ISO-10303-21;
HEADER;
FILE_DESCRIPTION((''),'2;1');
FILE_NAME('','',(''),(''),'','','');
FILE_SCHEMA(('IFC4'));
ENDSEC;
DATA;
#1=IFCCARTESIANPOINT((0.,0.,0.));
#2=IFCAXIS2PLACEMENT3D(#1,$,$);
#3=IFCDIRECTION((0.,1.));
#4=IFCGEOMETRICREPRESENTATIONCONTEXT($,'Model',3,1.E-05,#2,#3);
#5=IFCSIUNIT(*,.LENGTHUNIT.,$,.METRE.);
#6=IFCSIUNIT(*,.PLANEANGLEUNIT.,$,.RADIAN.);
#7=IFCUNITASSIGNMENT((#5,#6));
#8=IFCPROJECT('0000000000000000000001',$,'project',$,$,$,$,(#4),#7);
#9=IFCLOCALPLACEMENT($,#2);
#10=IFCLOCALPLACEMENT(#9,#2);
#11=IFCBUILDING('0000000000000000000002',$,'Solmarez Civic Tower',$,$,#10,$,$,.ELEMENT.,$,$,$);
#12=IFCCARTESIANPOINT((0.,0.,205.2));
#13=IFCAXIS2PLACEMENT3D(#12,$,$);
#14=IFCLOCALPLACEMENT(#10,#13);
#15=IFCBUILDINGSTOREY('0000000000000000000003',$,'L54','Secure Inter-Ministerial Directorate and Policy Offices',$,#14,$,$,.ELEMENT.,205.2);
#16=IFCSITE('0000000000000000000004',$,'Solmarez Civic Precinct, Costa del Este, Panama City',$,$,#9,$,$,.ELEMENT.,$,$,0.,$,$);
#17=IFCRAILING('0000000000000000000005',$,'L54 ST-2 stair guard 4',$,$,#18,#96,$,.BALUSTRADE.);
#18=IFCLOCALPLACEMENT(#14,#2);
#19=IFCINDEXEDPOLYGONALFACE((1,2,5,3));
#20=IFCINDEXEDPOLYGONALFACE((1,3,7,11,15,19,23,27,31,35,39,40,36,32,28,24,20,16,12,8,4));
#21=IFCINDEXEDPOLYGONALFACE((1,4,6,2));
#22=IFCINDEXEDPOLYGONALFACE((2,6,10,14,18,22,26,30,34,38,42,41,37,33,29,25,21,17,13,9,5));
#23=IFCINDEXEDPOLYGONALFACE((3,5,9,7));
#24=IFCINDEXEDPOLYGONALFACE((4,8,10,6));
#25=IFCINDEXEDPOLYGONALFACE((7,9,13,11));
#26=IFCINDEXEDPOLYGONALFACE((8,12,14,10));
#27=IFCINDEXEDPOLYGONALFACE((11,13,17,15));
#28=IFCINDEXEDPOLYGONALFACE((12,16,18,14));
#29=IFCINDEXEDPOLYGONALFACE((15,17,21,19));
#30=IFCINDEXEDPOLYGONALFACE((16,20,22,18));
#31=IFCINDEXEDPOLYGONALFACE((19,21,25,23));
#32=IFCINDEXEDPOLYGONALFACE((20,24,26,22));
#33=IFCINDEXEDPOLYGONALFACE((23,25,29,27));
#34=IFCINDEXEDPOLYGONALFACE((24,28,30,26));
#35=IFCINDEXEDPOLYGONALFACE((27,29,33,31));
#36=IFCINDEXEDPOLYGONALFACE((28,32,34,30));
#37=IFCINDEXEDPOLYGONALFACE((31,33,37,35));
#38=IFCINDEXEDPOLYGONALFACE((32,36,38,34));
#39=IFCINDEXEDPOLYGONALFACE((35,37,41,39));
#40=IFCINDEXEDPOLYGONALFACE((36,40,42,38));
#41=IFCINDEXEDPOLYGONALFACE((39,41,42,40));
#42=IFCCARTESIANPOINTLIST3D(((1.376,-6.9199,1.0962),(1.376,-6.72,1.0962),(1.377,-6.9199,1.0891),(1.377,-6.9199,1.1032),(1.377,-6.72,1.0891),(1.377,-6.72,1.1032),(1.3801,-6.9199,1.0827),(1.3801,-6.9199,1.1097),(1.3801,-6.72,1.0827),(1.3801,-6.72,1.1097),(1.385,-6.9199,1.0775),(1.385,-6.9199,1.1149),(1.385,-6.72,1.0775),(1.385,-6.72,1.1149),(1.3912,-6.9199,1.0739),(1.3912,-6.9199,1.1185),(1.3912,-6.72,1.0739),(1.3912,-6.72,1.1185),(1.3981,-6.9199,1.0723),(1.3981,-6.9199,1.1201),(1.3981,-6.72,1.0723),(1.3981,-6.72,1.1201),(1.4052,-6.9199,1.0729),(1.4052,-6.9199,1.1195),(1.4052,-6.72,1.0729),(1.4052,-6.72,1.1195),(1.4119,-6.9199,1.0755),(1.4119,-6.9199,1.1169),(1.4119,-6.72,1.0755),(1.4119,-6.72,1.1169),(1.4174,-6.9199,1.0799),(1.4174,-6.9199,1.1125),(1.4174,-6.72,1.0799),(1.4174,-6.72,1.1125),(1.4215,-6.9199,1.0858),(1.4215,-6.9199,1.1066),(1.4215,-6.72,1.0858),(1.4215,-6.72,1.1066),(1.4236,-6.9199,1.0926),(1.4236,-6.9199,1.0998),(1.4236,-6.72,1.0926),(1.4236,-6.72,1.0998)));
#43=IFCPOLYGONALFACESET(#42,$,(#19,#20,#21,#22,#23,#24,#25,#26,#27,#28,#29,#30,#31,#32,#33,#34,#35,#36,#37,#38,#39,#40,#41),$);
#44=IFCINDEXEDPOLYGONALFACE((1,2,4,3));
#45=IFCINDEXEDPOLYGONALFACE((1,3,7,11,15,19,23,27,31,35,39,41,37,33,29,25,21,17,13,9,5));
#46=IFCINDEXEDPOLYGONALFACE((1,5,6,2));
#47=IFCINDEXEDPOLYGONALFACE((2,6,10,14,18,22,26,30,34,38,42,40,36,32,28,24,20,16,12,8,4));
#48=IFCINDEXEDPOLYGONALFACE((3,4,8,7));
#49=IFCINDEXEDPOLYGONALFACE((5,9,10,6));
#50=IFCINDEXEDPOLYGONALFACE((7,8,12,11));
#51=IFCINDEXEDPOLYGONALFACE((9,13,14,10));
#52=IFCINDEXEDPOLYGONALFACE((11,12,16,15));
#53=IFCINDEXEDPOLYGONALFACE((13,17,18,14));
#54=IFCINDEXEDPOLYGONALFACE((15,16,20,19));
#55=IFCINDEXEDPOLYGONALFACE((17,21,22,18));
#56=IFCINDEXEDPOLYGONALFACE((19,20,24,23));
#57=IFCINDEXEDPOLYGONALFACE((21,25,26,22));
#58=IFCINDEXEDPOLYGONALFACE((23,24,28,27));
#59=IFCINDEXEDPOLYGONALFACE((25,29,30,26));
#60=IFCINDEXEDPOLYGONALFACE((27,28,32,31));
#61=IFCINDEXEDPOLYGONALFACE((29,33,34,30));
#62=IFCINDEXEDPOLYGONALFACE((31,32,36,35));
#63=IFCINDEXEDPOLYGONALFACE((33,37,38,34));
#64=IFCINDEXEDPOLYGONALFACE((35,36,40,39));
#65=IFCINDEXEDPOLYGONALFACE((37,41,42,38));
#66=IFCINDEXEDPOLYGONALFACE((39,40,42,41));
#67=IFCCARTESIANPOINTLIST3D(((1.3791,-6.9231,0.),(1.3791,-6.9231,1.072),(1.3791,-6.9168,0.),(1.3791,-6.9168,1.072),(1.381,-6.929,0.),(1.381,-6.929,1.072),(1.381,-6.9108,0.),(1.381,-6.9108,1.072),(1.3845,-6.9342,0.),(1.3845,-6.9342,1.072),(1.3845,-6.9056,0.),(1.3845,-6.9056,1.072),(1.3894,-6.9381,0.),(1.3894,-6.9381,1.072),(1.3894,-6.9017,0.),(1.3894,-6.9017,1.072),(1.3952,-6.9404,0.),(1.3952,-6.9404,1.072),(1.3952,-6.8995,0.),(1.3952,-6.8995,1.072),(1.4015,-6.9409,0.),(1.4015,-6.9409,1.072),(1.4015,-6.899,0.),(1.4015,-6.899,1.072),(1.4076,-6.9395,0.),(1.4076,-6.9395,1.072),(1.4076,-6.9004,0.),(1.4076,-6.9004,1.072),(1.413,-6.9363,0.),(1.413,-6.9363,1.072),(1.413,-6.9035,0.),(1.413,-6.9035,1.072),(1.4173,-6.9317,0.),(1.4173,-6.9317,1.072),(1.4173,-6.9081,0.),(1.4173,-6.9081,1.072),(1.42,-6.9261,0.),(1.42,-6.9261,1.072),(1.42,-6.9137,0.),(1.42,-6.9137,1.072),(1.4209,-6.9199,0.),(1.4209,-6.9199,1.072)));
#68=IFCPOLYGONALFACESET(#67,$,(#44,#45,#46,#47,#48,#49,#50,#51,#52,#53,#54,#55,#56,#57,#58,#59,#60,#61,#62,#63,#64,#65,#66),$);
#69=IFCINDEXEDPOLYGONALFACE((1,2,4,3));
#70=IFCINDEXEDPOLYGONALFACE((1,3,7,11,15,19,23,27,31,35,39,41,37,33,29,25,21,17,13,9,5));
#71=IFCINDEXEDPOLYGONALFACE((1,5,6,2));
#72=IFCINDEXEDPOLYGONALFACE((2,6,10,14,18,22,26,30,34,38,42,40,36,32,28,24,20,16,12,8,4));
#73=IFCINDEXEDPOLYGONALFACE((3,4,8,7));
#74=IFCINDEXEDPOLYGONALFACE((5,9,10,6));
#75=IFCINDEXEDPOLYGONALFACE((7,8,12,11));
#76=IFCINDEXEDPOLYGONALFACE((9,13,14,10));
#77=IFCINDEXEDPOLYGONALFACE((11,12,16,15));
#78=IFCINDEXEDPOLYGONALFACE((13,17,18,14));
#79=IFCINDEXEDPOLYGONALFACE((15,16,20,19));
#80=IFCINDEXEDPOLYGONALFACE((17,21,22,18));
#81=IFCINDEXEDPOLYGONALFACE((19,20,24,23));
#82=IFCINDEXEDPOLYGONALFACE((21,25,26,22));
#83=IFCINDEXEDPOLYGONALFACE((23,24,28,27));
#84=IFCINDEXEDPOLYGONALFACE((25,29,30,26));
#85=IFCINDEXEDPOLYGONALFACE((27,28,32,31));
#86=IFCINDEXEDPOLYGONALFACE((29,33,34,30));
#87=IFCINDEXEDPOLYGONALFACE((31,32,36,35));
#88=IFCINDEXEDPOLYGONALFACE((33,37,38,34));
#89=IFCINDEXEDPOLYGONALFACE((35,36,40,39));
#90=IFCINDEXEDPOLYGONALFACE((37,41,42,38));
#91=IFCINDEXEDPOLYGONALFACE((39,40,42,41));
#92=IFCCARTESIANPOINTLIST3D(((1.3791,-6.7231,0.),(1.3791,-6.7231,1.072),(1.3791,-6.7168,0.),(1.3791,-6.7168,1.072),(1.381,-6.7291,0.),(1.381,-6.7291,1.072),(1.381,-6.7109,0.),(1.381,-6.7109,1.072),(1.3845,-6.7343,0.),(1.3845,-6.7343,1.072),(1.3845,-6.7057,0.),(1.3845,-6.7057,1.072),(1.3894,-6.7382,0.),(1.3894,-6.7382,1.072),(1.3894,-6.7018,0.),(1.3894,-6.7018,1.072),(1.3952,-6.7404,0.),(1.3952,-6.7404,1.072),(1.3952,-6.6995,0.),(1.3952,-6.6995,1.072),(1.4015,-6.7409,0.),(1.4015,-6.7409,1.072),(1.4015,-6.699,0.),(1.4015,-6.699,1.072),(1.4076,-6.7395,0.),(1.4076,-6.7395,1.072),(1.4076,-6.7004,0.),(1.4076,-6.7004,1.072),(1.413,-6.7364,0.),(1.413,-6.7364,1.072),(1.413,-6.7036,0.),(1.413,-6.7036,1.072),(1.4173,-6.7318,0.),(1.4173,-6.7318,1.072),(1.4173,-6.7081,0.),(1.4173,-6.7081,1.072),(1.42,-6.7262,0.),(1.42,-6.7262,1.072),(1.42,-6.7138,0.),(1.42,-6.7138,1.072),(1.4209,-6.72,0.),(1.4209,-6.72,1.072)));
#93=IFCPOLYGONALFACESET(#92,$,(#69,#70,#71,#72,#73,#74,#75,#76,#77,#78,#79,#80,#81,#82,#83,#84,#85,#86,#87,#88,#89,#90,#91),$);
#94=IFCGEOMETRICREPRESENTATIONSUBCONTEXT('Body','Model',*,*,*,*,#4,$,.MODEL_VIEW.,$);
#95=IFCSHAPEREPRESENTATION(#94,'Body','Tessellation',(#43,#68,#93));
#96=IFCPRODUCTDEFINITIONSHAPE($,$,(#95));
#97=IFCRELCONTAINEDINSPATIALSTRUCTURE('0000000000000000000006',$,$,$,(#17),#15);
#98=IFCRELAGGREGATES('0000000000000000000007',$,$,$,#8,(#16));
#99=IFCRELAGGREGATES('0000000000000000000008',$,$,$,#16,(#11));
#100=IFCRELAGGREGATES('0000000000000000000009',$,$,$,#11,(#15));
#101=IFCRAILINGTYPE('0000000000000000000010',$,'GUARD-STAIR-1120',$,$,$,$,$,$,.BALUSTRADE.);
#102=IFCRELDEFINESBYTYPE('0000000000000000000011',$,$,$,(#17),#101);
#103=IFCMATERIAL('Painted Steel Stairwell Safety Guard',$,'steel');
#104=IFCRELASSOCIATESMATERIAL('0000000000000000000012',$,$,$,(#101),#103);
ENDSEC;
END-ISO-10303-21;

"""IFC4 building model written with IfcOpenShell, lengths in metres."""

from ifc_helpers import new_model, si_unit, direction, frame, origin, origin_2d, place, context, subcontext, project, spatial, circle, extrude, material, type_object, element, save


model = new_model("IFC4")

# Units and contexts
model_context = context("Model", 3, precision=1e-05, world=origin(), true_north=direction((0.0, 1.0)))
body_context = subcontext(model_context, "Body", "Model", "MODEL_VIEW")
ifc_project = project(units=[si_unit("LENGTHUNIT", "METRE"), si_unit("PLANEANGLEUNIT", "RADIAN")], contexts=[model_context])

# Site, building, storey
site_placement = place(None, origin())
site = spatial("IfcSite", under=ifc_project, at=site_placement, Name="Solmarez Civic Precinct, Costa del Este, Panama City", CompositionType="ELEMENT", RefElevation=0.0)
building_placement = place(site_placement, origin())
building = spatial("IfcBuilding", under=site, at=building_placement, Name="Solmarez Civic Tower", CompositionType="ELEMENT")
storey_placement = place(building_placement, frame((0.0, 0.0, 205.2)))
storey = spatial("IfcBuildingStorey", under=building, at=storey_placement, Name="L54", Description="Secure Inter-Ministerial Directorate and Policy Offices", CompositionType="ELEMENT", Elevation=205.2)

# Railing
ifc_material_1 = material(Name="Painted Steel Stairwell Safety Guard", Category="steel")
railing_type_1 = type_object("IfcRailingType", Name="GUARD-STAIR-1120", PredefinedType="BALUSTRADE", material=ifc_material_1)
railing_1_placement = place(storey_placement, frame((1.3999, -6.9199, 0.0)))
element("IfcRailing", 1, at=railing_1_placement, inside=storey, type_object=railing_type_1, Name="L54 ST-2 stair guard 4", PredefinedType="BALUSTRADE", context=body_context, shape_type="SweptSolid", body=[
    extrude(circle(Radius=0.0239, at=origin_2d()), frame((0.0, 0.0, 1.0962), z_axis=(0.0, 1.0, 0.0), x_axis=(-1.0, 0.0, 0.0)), (0.0, 0.0, 1.0), 0.2),
    extrude(circle(Radius=0.021, at=origin_2d()), origin(), (0.0, 0.0, 1.0), 1.072),
    extrude(circle(Radius=0.021, at=origin_2d()), frame((0.0, 0.2, 0.0)), (0.0, 0.0, 1.0), 1.072),
])

save(model, "model.ifc")
